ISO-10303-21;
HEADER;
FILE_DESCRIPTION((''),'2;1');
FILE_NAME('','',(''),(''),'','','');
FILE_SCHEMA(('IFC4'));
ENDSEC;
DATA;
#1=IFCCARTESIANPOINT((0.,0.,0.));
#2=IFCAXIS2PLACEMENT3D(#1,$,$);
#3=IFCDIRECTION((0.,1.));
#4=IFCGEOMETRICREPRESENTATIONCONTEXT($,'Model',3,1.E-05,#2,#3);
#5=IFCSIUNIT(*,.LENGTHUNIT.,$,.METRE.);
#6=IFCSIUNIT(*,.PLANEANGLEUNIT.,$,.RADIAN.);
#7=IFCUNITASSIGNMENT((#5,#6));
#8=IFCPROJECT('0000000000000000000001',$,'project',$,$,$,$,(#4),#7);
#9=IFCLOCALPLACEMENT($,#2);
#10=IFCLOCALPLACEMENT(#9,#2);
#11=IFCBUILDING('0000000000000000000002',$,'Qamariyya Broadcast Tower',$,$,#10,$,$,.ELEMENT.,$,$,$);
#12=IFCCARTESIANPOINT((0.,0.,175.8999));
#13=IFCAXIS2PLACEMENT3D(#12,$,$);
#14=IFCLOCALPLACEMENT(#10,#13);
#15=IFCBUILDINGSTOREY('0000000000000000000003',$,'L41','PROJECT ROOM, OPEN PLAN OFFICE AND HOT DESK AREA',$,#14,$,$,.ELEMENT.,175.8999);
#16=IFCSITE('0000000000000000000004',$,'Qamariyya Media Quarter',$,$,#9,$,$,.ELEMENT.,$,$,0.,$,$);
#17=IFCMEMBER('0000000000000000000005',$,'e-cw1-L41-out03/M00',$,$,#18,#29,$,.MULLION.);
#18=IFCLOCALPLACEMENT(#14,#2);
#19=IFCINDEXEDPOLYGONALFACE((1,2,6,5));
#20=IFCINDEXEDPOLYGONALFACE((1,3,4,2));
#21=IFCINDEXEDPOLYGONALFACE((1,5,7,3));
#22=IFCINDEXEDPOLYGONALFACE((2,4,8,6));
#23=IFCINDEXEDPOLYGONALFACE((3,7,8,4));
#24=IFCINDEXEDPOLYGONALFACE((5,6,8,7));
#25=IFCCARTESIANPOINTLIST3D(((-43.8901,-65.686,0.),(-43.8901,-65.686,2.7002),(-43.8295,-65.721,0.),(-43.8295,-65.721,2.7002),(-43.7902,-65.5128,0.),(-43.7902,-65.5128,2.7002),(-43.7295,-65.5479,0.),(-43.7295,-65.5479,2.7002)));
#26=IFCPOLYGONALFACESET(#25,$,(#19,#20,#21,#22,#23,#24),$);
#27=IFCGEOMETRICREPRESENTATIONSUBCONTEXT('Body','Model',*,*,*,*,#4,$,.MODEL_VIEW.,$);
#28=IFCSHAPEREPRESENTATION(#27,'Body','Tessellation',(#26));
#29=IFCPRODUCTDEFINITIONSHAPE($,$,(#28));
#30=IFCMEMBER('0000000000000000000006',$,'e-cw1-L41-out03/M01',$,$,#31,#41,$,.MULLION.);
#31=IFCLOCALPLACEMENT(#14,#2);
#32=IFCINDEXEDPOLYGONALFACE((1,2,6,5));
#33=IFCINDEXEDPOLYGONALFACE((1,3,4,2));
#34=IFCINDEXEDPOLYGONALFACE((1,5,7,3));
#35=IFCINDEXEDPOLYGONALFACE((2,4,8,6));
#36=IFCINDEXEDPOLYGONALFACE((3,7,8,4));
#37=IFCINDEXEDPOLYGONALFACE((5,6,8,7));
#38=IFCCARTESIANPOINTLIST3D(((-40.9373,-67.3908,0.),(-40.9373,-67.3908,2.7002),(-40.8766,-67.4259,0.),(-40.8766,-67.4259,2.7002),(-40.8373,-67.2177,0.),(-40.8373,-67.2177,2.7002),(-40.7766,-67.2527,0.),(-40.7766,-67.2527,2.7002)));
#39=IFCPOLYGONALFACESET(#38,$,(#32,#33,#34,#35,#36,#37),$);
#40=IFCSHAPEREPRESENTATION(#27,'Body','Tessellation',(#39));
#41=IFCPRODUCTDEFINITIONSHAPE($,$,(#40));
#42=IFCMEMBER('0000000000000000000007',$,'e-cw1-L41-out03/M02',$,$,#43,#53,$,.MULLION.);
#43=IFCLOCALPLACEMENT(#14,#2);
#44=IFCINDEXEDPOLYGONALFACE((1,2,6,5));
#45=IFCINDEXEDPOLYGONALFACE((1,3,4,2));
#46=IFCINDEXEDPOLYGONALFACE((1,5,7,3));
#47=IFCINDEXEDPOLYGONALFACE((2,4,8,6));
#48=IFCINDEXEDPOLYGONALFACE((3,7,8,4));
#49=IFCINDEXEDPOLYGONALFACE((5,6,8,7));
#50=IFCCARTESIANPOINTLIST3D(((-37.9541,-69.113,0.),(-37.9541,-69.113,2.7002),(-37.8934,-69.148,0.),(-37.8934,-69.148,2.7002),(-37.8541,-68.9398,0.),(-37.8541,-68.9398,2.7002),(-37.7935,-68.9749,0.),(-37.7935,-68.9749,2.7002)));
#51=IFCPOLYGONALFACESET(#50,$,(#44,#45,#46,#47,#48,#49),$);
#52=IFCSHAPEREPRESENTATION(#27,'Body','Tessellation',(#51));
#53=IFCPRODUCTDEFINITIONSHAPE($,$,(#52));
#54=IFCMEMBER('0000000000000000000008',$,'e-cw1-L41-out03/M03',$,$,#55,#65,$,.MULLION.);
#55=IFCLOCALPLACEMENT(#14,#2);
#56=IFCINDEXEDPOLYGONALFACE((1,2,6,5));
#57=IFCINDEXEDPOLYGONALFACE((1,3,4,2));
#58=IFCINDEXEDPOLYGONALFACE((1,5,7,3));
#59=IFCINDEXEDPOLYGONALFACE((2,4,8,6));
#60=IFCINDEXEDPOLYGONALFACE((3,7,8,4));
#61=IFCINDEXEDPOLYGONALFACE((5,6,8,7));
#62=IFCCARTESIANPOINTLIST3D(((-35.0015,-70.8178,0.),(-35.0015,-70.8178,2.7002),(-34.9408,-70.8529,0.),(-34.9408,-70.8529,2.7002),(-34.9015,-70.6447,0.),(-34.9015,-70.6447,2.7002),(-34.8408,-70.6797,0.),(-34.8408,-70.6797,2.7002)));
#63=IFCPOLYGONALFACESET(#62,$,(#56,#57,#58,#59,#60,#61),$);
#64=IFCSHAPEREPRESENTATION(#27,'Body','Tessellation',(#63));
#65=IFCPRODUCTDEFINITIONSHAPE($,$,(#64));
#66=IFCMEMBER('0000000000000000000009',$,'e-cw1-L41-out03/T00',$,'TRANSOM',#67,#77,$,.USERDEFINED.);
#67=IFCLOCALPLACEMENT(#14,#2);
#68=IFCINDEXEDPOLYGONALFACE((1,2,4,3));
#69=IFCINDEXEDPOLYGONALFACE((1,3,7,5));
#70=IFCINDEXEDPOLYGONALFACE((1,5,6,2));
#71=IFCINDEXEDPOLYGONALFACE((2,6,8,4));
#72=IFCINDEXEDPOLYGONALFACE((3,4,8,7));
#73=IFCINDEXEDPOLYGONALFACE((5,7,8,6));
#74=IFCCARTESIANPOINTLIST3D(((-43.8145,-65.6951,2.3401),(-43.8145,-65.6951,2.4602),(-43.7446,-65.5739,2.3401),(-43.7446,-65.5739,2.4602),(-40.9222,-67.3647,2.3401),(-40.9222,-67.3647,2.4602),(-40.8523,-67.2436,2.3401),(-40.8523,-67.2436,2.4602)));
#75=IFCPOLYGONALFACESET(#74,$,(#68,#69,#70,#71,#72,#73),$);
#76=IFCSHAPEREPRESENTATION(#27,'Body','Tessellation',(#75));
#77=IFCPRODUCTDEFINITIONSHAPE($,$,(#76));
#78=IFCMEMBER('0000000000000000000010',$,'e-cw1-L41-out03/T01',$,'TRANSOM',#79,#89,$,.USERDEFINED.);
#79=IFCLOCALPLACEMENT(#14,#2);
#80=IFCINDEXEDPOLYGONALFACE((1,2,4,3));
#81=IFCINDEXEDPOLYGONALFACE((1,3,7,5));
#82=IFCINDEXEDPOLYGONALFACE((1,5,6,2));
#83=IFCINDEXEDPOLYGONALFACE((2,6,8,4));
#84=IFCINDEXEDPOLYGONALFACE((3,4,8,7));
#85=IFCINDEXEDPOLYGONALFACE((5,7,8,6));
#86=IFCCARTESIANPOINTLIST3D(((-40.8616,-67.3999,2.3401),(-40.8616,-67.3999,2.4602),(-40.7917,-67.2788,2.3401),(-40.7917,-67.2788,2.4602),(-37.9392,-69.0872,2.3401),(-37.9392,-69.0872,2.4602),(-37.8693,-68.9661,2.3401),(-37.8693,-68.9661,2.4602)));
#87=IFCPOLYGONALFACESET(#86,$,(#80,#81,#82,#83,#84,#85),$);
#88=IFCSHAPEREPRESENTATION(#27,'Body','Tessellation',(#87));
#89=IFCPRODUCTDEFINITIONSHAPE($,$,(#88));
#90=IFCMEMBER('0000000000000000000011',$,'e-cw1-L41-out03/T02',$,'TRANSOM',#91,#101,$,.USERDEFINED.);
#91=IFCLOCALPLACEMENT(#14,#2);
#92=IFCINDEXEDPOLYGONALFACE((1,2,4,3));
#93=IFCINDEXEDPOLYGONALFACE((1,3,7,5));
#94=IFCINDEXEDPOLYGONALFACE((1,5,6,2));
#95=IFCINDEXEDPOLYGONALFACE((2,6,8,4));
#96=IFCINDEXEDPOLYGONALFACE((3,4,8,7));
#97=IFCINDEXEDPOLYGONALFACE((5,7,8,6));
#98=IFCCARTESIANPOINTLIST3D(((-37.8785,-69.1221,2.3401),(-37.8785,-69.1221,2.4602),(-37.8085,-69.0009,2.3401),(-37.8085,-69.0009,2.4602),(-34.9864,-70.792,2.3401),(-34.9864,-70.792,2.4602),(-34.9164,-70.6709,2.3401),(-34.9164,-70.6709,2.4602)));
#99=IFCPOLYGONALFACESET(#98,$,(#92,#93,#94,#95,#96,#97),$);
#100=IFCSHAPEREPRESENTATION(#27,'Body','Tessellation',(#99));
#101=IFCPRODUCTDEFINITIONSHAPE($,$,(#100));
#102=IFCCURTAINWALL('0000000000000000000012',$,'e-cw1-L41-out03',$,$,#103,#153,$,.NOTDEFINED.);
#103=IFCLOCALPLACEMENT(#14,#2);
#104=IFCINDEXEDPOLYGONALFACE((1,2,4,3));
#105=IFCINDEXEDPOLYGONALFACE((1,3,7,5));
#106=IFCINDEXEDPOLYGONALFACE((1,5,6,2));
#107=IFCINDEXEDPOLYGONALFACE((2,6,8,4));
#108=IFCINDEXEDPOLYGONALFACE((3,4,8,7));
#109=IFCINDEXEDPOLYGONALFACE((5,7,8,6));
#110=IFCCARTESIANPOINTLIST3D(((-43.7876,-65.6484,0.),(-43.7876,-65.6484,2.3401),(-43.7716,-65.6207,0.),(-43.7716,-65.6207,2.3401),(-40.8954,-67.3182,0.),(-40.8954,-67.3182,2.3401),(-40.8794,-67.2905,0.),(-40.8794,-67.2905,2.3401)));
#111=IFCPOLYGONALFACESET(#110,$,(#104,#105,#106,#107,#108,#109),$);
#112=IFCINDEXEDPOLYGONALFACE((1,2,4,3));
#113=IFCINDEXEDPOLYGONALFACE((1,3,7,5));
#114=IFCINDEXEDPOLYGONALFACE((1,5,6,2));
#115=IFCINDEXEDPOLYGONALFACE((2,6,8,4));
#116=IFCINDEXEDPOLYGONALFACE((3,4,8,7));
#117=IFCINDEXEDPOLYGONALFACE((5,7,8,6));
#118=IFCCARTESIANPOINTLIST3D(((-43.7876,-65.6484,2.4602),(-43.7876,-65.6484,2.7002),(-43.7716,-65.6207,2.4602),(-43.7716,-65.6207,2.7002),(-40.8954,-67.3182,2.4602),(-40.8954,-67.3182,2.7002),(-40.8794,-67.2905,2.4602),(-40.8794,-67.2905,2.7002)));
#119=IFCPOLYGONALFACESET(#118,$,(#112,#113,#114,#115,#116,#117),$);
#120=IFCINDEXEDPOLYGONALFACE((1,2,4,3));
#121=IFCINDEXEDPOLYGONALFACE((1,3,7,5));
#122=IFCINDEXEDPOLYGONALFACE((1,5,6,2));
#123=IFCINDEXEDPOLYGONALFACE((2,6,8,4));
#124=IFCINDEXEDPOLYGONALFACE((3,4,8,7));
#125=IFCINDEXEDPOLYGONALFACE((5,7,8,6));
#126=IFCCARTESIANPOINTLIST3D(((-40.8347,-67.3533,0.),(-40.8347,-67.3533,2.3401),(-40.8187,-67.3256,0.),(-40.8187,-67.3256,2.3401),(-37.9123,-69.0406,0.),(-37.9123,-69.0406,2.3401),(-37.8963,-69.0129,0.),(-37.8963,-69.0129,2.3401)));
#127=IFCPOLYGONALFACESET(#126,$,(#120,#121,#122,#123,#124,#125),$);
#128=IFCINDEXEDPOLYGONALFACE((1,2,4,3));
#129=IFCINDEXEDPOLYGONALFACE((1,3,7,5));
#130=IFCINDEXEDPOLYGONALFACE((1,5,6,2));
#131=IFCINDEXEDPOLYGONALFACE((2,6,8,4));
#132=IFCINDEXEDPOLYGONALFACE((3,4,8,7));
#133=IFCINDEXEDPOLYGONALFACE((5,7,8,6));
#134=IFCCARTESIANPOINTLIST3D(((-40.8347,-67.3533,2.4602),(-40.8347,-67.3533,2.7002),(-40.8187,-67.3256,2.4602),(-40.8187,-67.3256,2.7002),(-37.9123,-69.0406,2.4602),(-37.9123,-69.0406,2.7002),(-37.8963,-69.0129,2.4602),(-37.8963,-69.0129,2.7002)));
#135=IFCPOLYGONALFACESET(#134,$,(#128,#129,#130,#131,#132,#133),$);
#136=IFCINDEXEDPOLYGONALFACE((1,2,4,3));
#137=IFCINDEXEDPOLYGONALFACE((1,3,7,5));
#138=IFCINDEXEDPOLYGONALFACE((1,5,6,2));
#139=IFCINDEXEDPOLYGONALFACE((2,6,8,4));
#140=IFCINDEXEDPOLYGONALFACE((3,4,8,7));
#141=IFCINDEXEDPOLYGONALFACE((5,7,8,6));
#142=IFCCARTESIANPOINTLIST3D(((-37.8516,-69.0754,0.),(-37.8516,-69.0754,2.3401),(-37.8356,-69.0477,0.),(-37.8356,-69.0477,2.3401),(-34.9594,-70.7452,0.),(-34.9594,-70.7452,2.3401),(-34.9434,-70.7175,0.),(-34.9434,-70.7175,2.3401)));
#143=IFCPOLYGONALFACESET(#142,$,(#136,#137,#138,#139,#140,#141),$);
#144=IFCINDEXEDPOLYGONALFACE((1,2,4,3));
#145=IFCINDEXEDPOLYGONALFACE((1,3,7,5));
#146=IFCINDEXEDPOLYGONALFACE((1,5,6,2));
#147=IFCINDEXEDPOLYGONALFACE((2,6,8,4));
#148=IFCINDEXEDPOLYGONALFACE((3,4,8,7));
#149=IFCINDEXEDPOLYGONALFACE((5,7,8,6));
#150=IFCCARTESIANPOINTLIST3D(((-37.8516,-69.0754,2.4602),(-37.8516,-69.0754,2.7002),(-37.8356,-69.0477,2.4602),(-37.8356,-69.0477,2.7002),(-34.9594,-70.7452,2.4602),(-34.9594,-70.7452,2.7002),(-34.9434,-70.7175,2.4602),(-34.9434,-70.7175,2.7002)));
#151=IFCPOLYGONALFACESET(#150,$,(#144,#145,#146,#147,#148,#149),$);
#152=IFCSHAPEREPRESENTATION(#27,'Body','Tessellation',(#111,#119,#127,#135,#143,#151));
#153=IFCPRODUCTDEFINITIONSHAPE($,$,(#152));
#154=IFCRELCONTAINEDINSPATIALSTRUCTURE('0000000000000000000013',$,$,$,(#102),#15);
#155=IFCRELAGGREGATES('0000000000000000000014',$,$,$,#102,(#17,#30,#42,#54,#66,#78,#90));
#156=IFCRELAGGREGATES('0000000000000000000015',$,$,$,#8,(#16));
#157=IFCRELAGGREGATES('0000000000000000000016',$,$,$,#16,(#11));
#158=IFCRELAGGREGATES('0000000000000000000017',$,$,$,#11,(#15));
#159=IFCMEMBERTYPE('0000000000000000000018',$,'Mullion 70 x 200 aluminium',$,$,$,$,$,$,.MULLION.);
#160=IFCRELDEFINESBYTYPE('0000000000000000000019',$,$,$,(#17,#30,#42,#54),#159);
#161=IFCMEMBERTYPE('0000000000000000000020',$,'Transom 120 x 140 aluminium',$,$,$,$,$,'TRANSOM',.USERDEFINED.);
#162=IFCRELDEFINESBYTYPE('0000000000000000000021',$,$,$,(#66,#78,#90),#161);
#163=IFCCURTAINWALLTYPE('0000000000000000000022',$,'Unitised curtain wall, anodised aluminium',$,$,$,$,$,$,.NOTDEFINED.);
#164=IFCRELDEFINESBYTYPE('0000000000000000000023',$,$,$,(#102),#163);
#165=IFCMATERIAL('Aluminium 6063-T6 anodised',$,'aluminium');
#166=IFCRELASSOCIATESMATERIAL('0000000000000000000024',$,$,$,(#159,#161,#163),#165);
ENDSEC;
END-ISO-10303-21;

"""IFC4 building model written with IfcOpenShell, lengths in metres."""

from ifc_helpers import new_model, si_unit, direction, frame, origin, origin_2d, place, context, subcontext, project, spatial, rectangle, extrude, material, material_profile, profile_set, type_object, element, aggregate, save


model = new_model("IFC4")

# Units and contexts
model_context = context("Model", 3, precision=1e-05, world=origin(), true_north=direction((0.0, 1.0)))
body_context = subcontext(model_context, "Body", "Model", "MODEL_VIEW")
ifc_project = project(units=[si_unit("LENGTHUNIT", "METRE"), si_unit("PLANEANGLEUNIT", "RADIAN")], contexts=[model_context])

# Members
ifc_material_1 = material(Name="Aluminium 6063-T6 anodised", Category="aluminium")
ifc_material_profile_1 = material_profile(ifc_material_1, rectangle(XDim=0.2, YDim=0.0701, at=origin_2d()))
ifc_profile_set_1 = profile_set([ifc_material_profile_1], Name="Aluminium 6063-T6 anodised")
member_type_1 = type_object("IfcMemberType", Name="Mullion 70 x 200 aluminium", PredefinedType="MULLION", material=ifc_profile_set_1)
site_placement = place(None, origin())
building_placement = place(site_placement, origin())
storey_placement = place(building_placement, frame((0.0, 0.0, 175.8999)))
member_1_placement = place(storey_placement, frame((-43.8098, -65.6169, 0.0), z_axis=(0.0, 0.0, 1.0), x_axis=(0.5, 0.866025, 0.0)))
member_1 = element("IfcMember", 1, at=member_1_placement, type_object=member_type_1, Name="e-cw1-L41-out03/M00", PredefinedType="MULLION", context=body_context, shape_type="SweptSolid", body=[
    extrude(rectangle(XDim=0.2, YDim=0.0701, at=origin_2d()), origin(), (0.0, 0.0, 1.0), 2.7002),
])
member_2_placement = place(storey_placement, frame((-40.8569, -67.3218, 0.0), z_axis=(0.0, 0.0, 1.0), x_axis=(0.5, 0.866025, 0.0)))
member_2 = element("IfcMember", 2, at=member_2_placement, type_object=member_type_1, Name="e-cw1-L41-out03/M01", PredefinedType="MULLION", context=body_context, shape_type="SweptSolid", body=[
    extrude(rectangle(XDim=0.2, YDim=0.0701, at=origin_2d()), origin(), (0.0, 0.0, 1.0), 2.7002),
])
member_3_placement = place(storey_placement, frame((-37.8738, -69.0439, 0.0), z_axis=(0.0, 0.0, 1.0), x_axis=(0.5, 0.866025, 0.0)))
member_3 = element("IfcMember", 3, at=member_3_placement, type_object=member_type_1, Name="e-cw1-L41-out03/M02", PredefinedType="MULLION", context=body_context, shape_type="SweptSolid", body=[
    extrude(rectangle(XDim=0.2, YDim=0.0701, at=origin_2d()), origin(), (0.0, 0.0, 1.0), 2.7002),
])
member_4_placement = place(storey_placement, frame((-34.9211, -70.7488, 0.0), z_axis=(0.0, 0.0, 1.0), x_axis=(0.5, 0.866025, 0.0)))
member_4 = element("IfcMember", 4, at=member_4_placement, type_object=member_type_1, Name="e-cw1-L41-out03/M03", PredefinedType="MULLION", context=body_context, shape_type="SweptSolid", body=[
    extrude(rectangle(XDim=0.2, YDim=0.0701, at=origin_2d()), origin(), (0.0, 0.0, 1.0), 2.7002),
])
ifc_material_profile_2 = material_profile(ifc_material_1, rectangle(XDim=0.1399, YDim=0.1201, at=origin_2d()))
ifc_profile_set_2 = profile_set([ifc_material_profile_2], Name="Aluminium 6063-T6 anodised")
member_type_2 = type_object("IfcMemberType", Name="Transom 120 x 140 aluminium", ElementType="TRANSOM", PredefinedType="USERDEFINED", material=ifc_profile_set_2)
member_5_placement = place(storey_placement, frame((-43.7795, -65.6345, 2.4001), z_axis=(0.866053, -0.499952, 0.0), x_axis=(0.499952, 0.866053, 0.0)))
member_5 = element("IfcMember", 5, at=member_5_placement, type_object=member_type_2, Name="e-cw1-L41-out03/T00", ObjectType="TRANSOM", PredefinedType="USERDEFINED", context=body_context, shape_type="SweptSolid", body=[
    extrude(rectangle(XDim=0.1399, YDim=0.1201, at=origin_2d()), origin(), (0.0, 0.0, 1.0), 3.3396),
])
member_6_placement = place(storey_placement, frame((-40.8267, -67.3394, 2.4001), z_axis=(0.866022, -0.500006, 0.0), x_axis=(0.500006, 0.866022, 0.0)))
member_6 = element("IfcMember", 6, at=member_6_placement, type_object=member_type_2, Name="e-cw1-L41-out03/T01", ObjectType="TRANSOM", PredefinedType="USERDEFINED", context=body_context, shape_type="SweptSolid", body=[
    extrude(rectangle(XDim=0.1399, YDim=0.1201, at=origin_2d()), origin(), (0.0, 0.0, 1.0), 3.3745),
])
member_7_placement = place(storey_placement, frame((-37.8435, -69.0615, 2.4001), z_axis=(0.866003, -0.500039, 0.0), x_axis=(0.500039, 0.866003, 0.0)))
member_7 = element("IfcMember", 7, at=member_7_placement, type_object=member_type_2, Name="e-cw1-L41-out03/T02", ObjectType="TRANSOM", PredefinedType="USERDEFINED", context=body_context, shape_type="SweptSolid", body=[
    extrude(rectangle(XDim=0.1399, YDim=0.1201, at=origin_2d()), origin(), (0.0, 0.0, 1.0), 3.3396),
])

# Site, building, storey
site = spatial("IfcSite", under=ifc_project, at=site_placement, Name="Qamariyya Media Quarter", CompositionType="ELEMENT", RefElevation=0.0)
building = spatial("IfcBuilding", under=site, at=building_placement, Name="Qamariyya Broadcast Tower", CompositionType="ELEMENT")
storey = spatial("IfcBuildingStorey", under=building, at=storey_placement, Name="L41", Description="PROJECT ROOM, OPEN PLAN OFFICE AND HOT DESK AREA", CompositionType="ELEMENT", Elevation=175.8999)

# Curtain wall
curtain_wall_type = type_object("IfcCurtainWallType", Name="Unitised curtain wall, anodised aluminium", PredefinedType="NOTDEFINED", material=ifc_material_1)
curtain_wall_1_placement = place(storey_placement, origin())
curtain_wall_1 = element("IfcCurtainWall", 8, at=curtain_wall_1_placement, inside=storey, type_object=curtain_wall_type, Name="e-cw1-L41-out03", PredefinedType="NOTDEFINED", context=body_context, shape_type="SweptSolid", body=[
    extrude(rectangle(XDim=3.3396, YDim=0.032, at=origin_2d()), frame((-42.3335, -66.4695, 0.0), x_axis=(0.866029, -0.499994, 0.0)), (0.0, 0.0, 1.0), 2.3401),
    extrude(rectangle(XDim=3.3396, YDim=0.032, at=origin_2d()), frame((-42.3335, -66.4695, 2.4602), x_axis=(0.866029, -0.499994, 0.0)), (0.0, 0.0, 1.0), 0.24),
    extrude(rectangle(XDim=3.3745, YDim=0.032, at=origin_2d()), frame((-39.3655, -68.1831, 0.0), x_axis=(0.866029, -0.499994, 0.0)), (0.0, 0.0, 1.0), 2.3401),
    extrude(rectangle(XDim=3.3745, YDim=0.032, at=origin_2d()), frame((-39.3655, -68.1831, 2.4602), x_axis=(0.866029, -0.499994, 0.0)), (0.0, 0.0, 1.0), 0.24),
    extrude(rectangle(XDim=3.3396, YDim=0.032, at=origin_2d()), frame((-36.3975, -69.8965, 0.0), x_axis=(0.866029, -0.499994, 0.0)), (0.0, 0.0, 1.0), 2.3401),
    extrude(rectangle(XDim=3.3396, YDim=0.032, at=origin_2d()), frame((-36.3975, -69.8965, 2.4602), x_axis=(0.866029, -0.499994, 0.0)), (0.0, 0.0, 1.0), 0.24),
])
aggregate(curtain_wall_1, [member_1, member_2, member_3, member_4, member_5, member_6, member_7])

save(model, "model.ifc")
